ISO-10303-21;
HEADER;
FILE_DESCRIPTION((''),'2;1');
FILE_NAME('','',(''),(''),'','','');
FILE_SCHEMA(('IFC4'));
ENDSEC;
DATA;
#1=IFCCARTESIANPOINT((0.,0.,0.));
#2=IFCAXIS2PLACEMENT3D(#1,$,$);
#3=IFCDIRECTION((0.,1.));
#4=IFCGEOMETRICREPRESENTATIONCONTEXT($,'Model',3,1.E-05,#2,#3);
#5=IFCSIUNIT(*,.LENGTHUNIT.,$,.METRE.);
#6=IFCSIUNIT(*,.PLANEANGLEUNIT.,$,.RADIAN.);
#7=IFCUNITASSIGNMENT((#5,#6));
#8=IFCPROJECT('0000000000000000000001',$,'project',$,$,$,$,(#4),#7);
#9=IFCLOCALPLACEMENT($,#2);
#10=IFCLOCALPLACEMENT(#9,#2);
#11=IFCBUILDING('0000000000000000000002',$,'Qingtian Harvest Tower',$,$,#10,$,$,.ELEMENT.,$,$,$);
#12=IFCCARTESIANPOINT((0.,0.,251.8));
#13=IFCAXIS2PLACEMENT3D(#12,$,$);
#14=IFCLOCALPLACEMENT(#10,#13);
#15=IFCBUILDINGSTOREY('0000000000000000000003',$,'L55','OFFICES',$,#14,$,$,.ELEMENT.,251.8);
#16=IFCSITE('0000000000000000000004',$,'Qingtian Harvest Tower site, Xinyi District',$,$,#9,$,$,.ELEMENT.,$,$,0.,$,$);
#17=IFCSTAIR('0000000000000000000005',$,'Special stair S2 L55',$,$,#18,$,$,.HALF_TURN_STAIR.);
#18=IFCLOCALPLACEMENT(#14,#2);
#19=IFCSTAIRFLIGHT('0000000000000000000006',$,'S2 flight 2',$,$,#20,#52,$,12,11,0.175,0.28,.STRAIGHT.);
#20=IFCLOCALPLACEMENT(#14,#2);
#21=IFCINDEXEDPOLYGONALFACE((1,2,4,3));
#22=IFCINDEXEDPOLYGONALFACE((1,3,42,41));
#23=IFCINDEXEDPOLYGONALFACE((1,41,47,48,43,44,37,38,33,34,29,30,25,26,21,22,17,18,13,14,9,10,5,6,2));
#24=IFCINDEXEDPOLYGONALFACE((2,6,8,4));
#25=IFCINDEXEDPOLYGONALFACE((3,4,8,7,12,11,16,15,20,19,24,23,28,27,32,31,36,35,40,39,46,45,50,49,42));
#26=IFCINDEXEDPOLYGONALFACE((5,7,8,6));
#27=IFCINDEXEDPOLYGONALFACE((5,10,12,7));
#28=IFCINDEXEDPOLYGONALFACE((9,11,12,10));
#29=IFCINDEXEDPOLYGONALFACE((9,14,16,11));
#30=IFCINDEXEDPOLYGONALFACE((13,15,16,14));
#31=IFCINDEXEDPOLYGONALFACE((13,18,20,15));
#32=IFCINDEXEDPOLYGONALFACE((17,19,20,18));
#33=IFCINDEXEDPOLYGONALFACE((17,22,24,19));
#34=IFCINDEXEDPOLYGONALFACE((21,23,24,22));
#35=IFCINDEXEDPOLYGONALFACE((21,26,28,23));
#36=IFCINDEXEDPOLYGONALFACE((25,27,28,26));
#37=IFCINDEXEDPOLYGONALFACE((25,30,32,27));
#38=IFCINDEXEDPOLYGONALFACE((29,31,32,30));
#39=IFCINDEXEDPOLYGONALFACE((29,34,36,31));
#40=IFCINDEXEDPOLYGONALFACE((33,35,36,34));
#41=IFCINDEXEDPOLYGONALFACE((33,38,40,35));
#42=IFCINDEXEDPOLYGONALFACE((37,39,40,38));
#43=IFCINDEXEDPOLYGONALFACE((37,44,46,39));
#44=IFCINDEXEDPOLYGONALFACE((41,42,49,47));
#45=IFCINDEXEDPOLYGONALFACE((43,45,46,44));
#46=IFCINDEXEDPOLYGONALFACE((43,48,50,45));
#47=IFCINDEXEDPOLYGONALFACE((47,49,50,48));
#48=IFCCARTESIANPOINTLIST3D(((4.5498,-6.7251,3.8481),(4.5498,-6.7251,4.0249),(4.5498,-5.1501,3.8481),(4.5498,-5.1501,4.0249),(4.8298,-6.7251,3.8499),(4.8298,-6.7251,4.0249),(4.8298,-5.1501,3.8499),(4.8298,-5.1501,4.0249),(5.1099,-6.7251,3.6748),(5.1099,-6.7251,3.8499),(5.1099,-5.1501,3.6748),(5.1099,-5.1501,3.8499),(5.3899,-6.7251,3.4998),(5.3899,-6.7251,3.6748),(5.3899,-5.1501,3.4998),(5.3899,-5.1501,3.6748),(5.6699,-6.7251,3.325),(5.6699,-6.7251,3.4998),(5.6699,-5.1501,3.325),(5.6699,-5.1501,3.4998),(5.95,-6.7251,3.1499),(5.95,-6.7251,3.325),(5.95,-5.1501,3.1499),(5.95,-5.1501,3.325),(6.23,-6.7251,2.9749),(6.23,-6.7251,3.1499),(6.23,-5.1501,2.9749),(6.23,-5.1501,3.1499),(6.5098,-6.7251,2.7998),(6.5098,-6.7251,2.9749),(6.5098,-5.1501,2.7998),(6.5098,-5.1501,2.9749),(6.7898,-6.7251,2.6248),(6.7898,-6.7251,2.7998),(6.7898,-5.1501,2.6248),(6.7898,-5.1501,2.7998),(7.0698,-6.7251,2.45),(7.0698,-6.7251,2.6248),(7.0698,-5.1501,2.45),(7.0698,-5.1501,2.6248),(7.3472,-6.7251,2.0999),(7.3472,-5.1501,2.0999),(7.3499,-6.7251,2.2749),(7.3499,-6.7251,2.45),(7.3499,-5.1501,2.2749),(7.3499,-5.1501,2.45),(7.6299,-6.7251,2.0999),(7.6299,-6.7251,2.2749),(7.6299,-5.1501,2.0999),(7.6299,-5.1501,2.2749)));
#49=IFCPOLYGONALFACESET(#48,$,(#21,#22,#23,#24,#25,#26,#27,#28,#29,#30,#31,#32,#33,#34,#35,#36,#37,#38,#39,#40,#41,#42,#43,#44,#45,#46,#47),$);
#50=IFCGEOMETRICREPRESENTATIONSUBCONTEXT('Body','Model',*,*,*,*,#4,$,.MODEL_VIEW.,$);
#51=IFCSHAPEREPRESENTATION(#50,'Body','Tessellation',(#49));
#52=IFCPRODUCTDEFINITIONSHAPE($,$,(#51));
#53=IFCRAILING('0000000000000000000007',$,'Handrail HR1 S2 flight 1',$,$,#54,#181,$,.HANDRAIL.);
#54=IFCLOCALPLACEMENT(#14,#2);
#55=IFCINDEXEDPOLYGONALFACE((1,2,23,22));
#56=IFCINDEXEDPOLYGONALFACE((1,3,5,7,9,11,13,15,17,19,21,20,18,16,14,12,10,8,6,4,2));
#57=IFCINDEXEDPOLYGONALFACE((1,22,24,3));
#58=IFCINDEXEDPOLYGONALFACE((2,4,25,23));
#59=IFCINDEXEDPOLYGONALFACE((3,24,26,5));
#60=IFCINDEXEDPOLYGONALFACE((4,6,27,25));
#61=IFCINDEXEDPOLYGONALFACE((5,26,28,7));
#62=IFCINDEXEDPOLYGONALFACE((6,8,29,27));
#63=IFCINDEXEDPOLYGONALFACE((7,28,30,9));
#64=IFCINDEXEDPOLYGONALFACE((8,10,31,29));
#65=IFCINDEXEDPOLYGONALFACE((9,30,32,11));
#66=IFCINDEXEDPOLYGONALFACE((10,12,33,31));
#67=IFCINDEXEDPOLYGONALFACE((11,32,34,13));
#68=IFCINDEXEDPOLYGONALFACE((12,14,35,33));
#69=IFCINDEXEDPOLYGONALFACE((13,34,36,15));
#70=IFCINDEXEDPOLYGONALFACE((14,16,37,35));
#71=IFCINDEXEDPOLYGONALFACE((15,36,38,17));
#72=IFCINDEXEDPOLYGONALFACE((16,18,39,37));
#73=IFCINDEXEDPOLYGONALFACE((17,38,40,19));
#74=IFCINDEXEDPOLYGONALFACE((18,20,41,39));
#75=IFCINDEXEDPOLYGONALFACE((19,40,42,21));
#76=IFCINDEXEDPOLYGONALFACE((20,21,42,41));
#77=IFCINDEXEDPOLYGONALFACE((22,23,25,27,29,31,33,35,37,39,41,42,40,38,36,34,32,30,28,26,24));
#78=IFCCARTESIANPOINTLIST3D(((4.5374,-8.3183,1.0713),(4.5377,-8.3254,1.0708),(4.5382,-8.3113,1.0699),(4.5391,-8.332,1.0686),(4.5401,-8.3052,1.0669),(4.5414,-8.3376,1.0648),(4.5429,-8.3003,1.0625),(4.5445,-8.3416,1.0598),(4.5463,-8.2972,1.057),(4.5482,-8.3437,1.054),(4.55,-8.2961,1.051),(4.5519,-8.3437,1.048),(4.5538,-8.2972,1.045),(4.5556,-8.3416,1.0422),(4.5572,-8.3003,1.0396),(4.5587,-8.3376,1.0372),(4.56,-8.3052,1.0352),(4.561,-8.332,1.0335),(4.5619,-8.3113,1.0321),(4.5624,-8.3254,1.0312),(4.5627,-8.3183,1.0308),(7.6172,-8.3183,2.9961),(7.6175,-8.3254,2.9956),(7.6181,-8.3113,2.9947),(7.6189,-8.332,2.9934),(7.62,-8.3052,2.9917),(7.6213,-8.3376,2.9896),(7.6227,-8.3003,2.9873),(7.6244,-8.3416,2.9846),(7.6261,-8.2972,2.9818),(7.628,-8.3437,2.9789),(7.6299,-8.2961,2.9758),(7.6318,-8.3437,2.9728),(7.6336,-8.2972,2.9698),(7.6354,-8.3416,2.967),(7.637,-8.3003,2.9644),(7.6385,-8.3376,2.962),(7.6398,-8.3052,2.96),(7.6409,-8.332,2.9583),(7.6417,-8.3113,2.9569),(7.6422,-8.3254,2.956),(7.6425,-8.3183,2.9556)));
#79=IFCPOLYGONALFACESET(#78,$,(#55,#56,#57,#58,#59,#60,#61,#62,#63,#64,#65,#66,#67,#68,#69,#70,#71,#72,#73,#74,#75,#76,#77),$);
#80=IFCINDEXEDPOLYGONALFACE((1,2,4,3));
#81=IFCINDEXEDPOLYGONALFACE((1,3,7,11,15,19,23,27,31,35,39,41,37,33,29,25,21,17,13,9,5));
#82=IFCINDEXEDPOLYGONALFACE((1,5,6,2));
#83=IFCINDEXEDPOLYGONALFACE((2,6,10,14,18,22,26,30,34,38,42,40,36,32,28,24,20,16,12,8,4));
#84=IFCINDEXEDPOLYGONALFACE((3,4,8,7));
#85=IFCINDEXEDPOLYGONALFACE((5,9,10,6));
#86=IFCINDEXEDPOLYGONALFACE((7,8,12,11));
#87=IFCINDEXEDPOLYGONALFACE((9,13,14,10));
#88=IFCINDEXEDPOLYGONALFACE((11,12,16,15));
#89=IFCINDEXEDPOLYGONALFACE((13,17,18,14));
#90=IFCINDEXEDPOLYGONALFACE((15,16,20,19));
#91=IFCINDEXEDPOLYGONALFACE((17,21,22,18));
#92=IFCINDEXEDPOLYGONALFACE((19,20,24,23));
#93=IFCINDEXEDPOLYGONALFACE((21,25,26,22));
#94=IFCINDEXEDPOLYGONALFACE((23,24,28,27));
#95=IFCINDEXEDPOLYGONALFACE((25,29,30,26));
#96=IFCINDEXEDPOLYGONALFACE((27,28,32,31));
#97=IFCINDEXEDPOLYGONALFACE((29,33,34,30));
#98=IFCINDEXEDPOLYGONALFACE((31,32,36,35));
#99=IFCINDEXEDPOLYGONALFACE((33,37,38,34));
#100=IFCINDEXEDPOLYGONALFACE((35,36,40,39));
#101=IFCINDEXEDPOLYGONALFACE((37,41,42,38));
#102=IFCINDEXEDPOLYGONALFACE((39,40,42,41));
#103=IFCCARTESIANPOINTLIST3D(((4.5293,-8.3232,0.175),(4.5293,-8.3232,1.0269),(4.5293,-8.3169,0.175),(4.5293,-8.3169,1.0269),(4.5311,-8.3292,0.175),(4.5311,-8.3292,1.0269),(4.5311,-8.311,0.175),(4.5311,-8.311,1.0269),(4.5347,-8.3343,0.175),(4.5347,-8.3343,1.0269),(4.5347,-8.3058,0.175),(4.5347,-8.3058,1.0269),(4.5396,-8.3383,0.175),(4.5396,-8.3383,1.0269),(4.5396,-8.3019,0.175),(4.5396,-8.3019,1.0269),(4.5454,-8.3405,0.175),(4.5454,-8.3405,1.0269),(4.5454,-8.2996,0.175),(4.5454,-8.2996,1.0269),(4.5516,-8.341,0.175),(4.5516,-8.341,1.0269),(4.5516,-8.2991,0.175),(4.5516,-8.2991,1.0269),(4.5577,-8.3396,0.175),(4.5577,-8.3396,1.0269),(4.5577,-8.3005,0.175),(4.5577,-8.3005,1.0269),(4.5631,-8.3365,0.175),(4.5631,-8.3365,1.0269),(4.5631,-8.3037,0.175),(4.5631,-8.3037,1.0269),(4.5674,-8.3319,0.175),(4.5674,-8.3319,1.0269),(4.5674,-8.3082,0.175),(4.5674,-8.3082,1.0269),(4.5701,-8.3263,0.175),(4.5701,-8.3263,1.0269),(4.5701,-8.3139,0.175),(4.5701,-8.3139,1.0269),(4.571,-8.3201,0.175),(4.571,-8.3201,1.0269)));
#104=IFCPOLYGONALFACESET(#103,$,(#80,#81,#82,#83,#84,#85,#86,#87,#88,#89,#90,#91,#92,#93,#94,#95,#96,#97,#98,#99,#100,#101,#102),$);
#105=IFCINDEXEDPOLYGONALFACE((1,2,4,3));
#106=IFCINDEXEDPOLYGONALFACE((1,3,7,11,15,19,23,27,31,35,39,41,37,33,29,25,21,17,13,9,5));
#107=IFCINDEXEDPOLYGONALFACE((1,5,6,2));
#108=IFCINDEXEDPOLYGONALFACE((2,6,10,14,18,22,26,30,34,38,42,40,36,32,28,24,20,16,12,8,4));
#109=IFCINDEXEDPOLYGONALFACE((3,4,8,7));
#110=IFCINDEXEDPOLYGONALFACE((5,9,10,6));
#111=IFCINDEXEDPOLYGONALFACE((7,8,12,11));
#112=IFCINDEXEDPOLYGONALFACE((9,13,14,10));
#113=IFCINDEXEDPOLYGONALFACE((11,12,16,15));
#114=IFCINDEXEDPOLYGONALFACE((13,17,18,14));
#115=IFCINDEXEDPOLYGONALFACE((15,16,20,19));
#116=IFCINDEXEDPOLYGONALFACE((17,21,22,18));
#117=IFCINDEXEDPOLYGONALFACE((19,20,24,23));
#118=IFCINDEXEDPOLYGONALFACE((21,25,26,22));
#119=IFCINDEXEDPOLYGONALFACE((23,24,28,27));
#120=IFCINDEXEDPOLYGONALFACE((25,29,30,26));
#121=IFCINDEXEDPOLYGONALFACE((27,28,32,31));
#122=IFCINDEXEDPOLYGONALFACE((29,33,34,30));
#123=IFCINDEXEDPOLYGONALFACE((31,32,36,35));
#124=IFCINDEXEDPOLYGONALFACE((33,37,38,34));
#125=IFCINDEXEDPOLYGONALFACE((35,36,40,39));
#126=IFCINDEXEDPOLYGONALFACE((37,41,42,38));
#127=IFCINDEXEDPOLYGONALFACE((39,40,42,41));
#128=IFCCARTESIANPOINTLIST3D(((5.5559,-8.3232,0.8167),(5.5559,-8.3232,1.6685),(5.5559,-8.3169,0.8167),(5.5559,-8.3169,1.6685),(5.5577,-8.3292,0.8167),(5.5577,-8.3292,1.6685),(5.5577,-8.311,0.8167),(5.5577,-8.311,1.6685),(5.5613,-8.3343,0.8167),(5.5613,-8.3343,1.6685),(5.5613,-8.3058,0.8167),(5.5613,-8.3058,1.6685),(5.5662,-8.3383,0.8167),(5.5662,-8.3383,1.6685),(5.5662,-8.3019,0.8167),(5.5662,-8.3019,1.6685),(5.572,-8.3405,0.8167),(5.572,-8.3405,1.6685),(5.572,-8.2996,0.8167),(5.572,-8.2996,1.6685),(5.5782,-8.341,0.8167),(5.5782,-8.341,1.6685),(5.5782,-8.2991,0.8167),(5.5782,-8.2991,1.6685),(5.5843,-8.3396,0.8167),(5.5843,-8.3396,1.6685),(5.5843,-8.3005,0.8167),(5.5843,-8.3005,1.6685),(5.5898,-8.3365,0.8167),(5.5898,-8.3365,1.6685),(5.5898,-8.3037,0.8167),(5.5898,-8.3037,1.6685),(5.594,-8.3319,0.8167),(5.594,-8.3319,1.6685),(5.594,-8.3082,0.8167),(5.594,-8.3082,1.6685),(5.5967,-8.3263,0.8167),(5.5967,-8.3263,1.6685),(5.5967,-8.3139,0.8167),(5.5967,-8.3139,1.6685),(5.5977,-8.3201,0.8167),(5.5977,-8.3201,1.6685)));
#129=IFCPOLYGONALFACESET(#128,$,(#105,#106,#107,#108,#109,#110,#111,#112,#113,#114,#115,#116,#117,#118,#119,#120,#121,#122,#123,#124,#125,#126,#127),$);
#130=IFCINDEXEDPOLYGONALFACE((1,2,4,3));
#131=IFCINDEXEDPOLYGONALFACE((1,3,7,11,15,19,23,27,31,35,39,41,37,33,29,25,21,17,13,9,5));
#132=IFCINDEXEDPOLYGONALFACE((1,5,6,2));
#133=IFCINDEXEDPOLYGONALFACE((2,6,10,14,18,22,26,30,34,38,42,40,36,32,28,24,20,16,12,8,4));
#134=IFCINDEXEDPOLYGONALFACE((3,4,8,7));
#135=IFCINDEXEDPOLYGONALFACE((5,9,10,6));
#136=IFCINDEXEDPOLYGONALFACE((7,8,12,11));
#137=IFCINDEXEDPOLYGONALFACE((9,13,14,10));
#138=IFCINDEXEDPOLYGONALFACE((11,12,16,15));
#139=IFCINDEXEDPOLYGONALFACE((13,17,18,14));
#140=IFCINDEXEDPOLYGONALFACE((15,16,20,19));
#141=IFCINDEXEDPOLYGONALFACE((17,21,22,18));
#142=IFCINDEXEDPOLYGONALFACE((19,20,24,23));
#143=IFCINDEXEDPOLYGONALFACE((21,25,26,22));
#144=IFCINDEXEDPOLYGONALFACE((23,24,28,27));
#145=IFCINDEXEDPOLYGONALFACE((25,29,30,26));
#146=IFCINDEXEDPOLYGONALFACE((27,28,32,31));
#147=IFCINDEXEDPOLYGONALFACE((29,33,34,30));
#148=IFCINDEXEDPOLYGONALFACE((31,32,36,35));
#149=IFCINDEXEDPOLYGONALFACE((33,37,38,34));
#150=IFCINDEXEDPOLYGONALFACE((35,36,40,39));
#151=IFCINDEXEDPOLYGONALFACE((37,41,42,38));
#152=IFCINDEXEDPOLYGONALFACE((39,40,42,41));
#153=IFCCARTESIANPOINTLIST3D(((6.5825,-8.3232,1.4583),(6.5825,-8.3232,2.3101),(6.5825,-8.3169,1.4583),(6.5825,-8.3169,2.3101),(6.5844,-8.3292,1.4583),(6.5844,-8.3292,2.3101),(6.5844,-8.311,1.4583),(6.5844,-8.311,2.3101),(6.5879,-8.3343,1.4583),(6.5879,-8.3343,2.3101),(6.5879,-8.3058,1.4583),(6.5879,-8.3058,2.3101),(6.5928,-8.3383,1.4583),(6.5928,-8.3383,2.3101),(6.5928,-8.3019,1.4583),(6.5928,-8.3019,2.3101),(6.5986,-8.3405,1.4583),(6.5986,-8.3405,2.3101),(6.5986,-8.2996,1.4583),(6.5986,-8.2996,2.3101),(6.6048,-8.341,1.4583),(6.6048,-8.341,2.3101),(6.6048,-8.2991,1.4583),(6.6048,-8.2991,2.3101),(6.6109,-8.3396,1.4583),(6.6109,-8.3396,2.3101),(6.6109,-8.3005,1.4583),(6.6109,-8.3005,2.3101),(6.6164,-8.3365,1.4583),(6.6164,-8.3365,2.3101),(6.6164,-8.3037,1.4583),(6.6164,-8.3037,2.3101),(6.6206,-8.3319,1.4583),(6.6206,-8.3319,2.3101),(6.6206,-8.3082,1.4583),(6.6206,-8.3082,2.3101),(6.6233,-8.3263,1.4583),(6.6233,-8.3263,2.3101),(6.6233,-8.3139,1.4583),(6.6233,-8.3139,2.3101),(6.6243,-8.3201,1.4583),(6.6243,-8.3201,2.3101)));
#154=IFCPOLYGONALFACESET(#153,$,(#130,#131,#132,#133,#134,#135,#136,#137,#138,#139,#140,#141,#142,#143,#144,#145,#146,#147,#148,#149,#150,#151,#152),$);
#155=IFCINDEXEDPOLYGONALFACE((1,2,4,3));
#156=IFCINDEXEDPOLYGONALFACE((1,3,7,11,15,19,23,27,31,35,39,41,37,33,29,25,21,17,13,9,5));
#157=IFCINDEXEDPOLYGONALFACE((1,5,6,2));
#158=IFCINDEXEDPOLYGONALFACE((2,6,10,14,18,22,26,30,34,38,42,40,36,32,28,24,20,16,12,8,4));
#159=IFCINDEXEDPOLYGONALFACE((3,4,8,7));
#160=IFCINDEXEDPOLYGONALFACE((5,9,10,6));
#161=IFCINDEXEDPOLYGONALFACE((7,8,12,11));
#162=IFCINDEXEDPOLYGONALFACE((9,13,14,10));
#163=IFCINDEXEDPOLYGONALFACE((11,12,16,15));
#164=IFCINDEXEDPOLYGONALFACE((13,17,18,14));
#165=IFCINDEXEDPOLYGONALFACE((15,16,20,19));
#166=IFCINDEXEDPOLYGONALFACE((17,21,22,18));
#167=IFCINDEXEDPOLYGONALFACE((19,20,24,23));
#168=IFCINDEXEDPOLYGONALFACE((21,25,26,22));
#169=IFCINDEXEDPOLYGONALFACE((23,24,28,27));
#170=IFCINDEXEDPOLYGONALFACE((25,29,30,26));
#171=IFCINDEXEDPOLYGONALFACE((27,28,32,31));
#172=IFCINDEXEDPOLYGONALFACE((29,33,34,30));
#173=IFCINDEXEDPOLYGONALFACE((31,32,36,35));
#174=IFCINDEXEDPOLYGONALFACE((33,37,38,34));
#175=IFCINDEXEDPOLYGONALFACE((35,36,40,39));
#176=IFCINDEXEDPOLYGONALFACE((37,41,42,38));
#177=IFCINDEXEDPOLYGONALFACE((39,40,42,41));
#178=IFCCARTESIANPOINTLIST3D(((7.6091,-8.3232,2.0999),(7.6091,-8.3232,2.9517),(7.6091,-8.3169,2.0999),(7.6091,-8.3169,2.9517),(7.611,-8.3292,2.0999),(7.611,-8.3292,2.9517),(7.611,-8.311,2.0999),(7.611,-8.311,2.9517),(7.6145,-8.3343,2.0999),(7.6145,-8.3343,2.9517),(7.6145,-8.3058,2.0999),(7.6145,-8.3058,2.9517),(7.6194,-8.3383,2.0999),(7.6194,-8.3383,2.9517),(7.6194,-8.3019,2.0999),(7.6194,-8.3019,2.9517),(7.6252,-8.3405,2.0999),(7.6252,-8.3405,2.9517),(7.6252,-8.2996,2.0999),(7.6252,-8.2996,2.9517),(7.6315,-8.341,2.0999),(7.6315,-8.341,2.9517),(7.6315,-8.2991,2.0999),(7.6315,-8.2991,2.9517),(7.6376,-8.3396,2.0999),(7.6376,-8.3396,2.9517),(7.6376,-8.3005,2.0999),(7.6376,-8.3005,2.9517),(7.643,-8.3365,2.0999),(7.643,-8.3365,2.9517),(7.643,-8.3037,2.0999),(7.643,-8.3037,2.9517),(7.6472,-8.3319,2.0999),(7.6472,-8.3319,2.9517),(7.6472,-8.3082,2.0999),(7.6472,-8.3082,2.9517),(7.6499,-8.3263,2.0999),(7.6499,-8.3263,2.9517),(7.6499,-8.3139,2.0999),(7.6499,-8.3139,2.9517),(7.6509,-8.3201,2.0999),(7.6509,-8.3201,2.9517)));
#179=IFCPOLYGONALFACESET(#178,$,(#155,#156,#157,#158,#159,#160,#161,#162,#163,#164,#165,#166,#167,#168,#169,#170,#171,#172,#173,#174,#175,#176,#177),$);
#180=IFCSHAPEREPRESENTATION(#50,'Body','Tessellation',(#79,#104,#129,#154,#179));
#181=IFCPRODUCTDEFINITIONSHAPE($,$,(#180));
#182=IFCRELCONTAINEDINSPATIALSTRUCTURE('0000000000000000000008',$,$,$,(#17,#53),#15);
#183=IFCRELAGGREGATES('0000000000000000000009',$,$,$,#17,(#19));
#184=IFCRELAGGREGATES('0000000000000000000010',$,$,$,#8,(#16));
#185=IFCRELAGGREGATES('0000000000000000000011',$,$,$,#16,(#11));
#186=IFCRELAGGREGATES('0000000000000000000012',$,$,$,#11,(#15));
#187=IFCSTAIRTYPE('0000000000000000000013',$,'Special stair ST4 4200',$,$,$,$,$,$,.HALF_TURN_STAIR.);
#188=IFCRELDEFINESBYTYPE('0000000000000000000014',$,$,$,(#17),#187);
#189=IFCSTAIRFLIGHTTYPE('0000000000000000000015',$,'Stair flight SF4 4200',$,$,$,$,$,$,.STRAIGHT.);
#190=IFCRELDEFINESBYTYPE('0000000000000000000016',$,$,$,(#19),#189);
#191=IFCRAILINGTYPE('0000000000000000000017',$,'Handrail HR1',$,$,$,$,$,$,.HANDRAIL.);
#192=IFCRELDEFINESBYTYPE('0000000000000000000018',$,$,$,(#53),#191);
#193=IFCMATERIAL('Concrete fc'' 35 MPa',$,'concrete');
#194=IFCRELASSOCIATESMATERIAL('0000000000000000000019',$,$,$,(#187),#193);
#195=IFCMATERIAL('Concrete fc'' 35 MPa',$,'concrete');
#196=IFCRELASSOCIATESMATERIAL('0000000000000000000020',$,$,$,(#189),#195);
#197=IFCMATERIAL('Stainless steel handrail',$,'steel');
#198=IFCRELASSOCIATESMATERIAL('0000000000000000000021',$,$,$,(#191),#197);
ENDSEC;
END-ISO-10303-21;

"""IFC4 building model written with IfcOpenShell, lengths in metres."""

from ifc_helpers import new_model, si_unit, direction, frame, origin, origin_2d, place, context, subcontext, project, spatial, polyline, circle, outline, extrude, material, type_object, element, aggregate, save


model = new_model("IFC4")

# Units and contexts
model_context = context("Model", 3, precision=1e-05, world=origin(), true_north=direction((0.0, 1.0)))
body_context = subcontext(model_context, "Body", "Model", "MODEL_VIEW")
ifc_project = project(units=[si_unit("LENGTHUNIT", "METRE"), si_unit("PLANEANGLEUNIT", "RADIAN")], contexts=[model_context])

# Site, building, storey
site_placement = place(None, origin())
site = spatial("IfcSite", under=ifc_project, at=site_placement, Name="Qingtian Harvest Tower site, Xinyi District", CompositionType="ELEMENT", RefElevation=0.0)
building_placement = place(site_placement, origin())
building = spatial("IfcBuilding", under=site, at=building_placement, Name="Qingtian Harvest Tower", CompositionType="ELEMENT")
storey_placement = place(building_placement, frame((0.0, 0.0, 251.8)))
storey = spatial("IfcBuildingStorey", under=building, at=storey_placement, Name="L55", Description="OFFICES", CompositionType="ELEMENT", Elevation=251.8)

# Stair, stair flight
ifc_material_1 = material(Name="Concrete fc' 35 MPa", Category="concrete")
stair_type = type_object("IfcStairType", Name="Special stair ST4 4200", PredefinedType="HALF_TURN_STAIR", material=ifc_material_1)
stair_placement = place(storey_placement, origin())
stair = element("IfcStair", 1, at=stair_placement, inside=storey, type_object=stair_type, Name="Special stair S2 L55", PredefinedType="HALF_TURN_STAIR")
ifc_material_2 = material(Name="Concrete fc' 35 MPa", Category="concrete")
stair_flight_type = type_object("IfcStairFlightType", Name="Stair flight SF4 4200", PredefinedType="STRAIGHT", material=ifc_material_2)
stair_flight_1_placement = place(storey_placement, frame((7.6299, -5.9375, 2.0999), z_axis=(0.0, 0.0, 1.0), x_axis=(-1.0, 0.0, 0.0)))
stair_flight_1 = element("IfcStairFlight", 2, at=stair_flight_1_placement, type_object=stair_flight_type, Name="S2 flight 2", NumberOfRisers=12, NumberOfTreads=11, PredefinedType="STRAIGHT", RiserHeight=0.175, TreadLength=0.28, context=body_context, shape_type="SweptSolid", body=[
    extrude(outline(polyline([(0.0, 0.0), (0.0, 0.175), (0.28, 0.175), (0.28, 0.3501), (0.5601, 0.3501), (0.5601, 0.5249), (0.8401, 0.5249), (0.8401, 0.7), (1.1201, 0.7), (1.1201, 0.875), (1.3999, 0.875), (1.3999, 1.05), (1.6799, 1.05), (1.6799, 1.2251), (1.96, 1.2251), (1.96, 1.3999), (2.24, 1.3999), (2.24, 1.575), (2.52, 1.575), (2.52, 1.75), (2.8, 1.75), (2.8, 1.925), (3.0801, 1.925), (3.0801, 2.1001), (3.0801, 1.7483), (0.2827, 0.0), (0.0, 0.0)])), frame((0.0, 0.7876, 0.0), z_axis=(0.0, -1.0, 0.0), x_axis=(1.0, 0.0, 0.0)), (0.0, 0.0, 1.0), 1.575),
])
aggregate(stair, [stair_flight_1])

# Railing
ifc_material_3 = material(Name="Stainless steel handrail", Category="steel")
railing_type = type_object("IfcRailingType", Name="Handrail HR1", PredefinedType="HANDRAIL", material=ifc_material_3)
railing_1_placement = place(storey_placement, frame((4.55, -8.3201, 0.175)))
element("IfcRailing", 3, at=railing_1_placement, inside=storey, type_object=railing_type, Name="Handrail HR1 S2 flight 1", PredefinedType="HANDRAIL", context=body_context, shape_type="SweptSolid", body=[
    extrude(circle(Radius=0.0239, at=origin_2d()), frame((0.0, 0.0, 0.876), z_axis=(0.84801, 0.0, 0.529981), x_axis=(0.0, 1.0, 0.0)), (0.0, 0.0, 1.0), 3.6318),
    extrude(circle(Radius=0.021, at=origin_2d()), origin(), (0.0, 0.0, 1.0), 0.8518),
    extrude(circle(Radius=0.021, at=origin_2d()), frame((1.0266, 0.0, 0.6416)), (0.0, 0.0, 1.0), 0.8518),
    extrude(circle(Radius=0.021, at=origin_2d()), frame((2.0532, 0.0, 1.2832)), (0.0, 0.0, 1.0), 0.8518),
    extrude(circle(Radius=0.021, at=origin_2d()), frame((3.0798, 0.0, 1.9248)), (0.0, 0.0, 1.0), 0.8518),
])

save(model, "model.ifc")
